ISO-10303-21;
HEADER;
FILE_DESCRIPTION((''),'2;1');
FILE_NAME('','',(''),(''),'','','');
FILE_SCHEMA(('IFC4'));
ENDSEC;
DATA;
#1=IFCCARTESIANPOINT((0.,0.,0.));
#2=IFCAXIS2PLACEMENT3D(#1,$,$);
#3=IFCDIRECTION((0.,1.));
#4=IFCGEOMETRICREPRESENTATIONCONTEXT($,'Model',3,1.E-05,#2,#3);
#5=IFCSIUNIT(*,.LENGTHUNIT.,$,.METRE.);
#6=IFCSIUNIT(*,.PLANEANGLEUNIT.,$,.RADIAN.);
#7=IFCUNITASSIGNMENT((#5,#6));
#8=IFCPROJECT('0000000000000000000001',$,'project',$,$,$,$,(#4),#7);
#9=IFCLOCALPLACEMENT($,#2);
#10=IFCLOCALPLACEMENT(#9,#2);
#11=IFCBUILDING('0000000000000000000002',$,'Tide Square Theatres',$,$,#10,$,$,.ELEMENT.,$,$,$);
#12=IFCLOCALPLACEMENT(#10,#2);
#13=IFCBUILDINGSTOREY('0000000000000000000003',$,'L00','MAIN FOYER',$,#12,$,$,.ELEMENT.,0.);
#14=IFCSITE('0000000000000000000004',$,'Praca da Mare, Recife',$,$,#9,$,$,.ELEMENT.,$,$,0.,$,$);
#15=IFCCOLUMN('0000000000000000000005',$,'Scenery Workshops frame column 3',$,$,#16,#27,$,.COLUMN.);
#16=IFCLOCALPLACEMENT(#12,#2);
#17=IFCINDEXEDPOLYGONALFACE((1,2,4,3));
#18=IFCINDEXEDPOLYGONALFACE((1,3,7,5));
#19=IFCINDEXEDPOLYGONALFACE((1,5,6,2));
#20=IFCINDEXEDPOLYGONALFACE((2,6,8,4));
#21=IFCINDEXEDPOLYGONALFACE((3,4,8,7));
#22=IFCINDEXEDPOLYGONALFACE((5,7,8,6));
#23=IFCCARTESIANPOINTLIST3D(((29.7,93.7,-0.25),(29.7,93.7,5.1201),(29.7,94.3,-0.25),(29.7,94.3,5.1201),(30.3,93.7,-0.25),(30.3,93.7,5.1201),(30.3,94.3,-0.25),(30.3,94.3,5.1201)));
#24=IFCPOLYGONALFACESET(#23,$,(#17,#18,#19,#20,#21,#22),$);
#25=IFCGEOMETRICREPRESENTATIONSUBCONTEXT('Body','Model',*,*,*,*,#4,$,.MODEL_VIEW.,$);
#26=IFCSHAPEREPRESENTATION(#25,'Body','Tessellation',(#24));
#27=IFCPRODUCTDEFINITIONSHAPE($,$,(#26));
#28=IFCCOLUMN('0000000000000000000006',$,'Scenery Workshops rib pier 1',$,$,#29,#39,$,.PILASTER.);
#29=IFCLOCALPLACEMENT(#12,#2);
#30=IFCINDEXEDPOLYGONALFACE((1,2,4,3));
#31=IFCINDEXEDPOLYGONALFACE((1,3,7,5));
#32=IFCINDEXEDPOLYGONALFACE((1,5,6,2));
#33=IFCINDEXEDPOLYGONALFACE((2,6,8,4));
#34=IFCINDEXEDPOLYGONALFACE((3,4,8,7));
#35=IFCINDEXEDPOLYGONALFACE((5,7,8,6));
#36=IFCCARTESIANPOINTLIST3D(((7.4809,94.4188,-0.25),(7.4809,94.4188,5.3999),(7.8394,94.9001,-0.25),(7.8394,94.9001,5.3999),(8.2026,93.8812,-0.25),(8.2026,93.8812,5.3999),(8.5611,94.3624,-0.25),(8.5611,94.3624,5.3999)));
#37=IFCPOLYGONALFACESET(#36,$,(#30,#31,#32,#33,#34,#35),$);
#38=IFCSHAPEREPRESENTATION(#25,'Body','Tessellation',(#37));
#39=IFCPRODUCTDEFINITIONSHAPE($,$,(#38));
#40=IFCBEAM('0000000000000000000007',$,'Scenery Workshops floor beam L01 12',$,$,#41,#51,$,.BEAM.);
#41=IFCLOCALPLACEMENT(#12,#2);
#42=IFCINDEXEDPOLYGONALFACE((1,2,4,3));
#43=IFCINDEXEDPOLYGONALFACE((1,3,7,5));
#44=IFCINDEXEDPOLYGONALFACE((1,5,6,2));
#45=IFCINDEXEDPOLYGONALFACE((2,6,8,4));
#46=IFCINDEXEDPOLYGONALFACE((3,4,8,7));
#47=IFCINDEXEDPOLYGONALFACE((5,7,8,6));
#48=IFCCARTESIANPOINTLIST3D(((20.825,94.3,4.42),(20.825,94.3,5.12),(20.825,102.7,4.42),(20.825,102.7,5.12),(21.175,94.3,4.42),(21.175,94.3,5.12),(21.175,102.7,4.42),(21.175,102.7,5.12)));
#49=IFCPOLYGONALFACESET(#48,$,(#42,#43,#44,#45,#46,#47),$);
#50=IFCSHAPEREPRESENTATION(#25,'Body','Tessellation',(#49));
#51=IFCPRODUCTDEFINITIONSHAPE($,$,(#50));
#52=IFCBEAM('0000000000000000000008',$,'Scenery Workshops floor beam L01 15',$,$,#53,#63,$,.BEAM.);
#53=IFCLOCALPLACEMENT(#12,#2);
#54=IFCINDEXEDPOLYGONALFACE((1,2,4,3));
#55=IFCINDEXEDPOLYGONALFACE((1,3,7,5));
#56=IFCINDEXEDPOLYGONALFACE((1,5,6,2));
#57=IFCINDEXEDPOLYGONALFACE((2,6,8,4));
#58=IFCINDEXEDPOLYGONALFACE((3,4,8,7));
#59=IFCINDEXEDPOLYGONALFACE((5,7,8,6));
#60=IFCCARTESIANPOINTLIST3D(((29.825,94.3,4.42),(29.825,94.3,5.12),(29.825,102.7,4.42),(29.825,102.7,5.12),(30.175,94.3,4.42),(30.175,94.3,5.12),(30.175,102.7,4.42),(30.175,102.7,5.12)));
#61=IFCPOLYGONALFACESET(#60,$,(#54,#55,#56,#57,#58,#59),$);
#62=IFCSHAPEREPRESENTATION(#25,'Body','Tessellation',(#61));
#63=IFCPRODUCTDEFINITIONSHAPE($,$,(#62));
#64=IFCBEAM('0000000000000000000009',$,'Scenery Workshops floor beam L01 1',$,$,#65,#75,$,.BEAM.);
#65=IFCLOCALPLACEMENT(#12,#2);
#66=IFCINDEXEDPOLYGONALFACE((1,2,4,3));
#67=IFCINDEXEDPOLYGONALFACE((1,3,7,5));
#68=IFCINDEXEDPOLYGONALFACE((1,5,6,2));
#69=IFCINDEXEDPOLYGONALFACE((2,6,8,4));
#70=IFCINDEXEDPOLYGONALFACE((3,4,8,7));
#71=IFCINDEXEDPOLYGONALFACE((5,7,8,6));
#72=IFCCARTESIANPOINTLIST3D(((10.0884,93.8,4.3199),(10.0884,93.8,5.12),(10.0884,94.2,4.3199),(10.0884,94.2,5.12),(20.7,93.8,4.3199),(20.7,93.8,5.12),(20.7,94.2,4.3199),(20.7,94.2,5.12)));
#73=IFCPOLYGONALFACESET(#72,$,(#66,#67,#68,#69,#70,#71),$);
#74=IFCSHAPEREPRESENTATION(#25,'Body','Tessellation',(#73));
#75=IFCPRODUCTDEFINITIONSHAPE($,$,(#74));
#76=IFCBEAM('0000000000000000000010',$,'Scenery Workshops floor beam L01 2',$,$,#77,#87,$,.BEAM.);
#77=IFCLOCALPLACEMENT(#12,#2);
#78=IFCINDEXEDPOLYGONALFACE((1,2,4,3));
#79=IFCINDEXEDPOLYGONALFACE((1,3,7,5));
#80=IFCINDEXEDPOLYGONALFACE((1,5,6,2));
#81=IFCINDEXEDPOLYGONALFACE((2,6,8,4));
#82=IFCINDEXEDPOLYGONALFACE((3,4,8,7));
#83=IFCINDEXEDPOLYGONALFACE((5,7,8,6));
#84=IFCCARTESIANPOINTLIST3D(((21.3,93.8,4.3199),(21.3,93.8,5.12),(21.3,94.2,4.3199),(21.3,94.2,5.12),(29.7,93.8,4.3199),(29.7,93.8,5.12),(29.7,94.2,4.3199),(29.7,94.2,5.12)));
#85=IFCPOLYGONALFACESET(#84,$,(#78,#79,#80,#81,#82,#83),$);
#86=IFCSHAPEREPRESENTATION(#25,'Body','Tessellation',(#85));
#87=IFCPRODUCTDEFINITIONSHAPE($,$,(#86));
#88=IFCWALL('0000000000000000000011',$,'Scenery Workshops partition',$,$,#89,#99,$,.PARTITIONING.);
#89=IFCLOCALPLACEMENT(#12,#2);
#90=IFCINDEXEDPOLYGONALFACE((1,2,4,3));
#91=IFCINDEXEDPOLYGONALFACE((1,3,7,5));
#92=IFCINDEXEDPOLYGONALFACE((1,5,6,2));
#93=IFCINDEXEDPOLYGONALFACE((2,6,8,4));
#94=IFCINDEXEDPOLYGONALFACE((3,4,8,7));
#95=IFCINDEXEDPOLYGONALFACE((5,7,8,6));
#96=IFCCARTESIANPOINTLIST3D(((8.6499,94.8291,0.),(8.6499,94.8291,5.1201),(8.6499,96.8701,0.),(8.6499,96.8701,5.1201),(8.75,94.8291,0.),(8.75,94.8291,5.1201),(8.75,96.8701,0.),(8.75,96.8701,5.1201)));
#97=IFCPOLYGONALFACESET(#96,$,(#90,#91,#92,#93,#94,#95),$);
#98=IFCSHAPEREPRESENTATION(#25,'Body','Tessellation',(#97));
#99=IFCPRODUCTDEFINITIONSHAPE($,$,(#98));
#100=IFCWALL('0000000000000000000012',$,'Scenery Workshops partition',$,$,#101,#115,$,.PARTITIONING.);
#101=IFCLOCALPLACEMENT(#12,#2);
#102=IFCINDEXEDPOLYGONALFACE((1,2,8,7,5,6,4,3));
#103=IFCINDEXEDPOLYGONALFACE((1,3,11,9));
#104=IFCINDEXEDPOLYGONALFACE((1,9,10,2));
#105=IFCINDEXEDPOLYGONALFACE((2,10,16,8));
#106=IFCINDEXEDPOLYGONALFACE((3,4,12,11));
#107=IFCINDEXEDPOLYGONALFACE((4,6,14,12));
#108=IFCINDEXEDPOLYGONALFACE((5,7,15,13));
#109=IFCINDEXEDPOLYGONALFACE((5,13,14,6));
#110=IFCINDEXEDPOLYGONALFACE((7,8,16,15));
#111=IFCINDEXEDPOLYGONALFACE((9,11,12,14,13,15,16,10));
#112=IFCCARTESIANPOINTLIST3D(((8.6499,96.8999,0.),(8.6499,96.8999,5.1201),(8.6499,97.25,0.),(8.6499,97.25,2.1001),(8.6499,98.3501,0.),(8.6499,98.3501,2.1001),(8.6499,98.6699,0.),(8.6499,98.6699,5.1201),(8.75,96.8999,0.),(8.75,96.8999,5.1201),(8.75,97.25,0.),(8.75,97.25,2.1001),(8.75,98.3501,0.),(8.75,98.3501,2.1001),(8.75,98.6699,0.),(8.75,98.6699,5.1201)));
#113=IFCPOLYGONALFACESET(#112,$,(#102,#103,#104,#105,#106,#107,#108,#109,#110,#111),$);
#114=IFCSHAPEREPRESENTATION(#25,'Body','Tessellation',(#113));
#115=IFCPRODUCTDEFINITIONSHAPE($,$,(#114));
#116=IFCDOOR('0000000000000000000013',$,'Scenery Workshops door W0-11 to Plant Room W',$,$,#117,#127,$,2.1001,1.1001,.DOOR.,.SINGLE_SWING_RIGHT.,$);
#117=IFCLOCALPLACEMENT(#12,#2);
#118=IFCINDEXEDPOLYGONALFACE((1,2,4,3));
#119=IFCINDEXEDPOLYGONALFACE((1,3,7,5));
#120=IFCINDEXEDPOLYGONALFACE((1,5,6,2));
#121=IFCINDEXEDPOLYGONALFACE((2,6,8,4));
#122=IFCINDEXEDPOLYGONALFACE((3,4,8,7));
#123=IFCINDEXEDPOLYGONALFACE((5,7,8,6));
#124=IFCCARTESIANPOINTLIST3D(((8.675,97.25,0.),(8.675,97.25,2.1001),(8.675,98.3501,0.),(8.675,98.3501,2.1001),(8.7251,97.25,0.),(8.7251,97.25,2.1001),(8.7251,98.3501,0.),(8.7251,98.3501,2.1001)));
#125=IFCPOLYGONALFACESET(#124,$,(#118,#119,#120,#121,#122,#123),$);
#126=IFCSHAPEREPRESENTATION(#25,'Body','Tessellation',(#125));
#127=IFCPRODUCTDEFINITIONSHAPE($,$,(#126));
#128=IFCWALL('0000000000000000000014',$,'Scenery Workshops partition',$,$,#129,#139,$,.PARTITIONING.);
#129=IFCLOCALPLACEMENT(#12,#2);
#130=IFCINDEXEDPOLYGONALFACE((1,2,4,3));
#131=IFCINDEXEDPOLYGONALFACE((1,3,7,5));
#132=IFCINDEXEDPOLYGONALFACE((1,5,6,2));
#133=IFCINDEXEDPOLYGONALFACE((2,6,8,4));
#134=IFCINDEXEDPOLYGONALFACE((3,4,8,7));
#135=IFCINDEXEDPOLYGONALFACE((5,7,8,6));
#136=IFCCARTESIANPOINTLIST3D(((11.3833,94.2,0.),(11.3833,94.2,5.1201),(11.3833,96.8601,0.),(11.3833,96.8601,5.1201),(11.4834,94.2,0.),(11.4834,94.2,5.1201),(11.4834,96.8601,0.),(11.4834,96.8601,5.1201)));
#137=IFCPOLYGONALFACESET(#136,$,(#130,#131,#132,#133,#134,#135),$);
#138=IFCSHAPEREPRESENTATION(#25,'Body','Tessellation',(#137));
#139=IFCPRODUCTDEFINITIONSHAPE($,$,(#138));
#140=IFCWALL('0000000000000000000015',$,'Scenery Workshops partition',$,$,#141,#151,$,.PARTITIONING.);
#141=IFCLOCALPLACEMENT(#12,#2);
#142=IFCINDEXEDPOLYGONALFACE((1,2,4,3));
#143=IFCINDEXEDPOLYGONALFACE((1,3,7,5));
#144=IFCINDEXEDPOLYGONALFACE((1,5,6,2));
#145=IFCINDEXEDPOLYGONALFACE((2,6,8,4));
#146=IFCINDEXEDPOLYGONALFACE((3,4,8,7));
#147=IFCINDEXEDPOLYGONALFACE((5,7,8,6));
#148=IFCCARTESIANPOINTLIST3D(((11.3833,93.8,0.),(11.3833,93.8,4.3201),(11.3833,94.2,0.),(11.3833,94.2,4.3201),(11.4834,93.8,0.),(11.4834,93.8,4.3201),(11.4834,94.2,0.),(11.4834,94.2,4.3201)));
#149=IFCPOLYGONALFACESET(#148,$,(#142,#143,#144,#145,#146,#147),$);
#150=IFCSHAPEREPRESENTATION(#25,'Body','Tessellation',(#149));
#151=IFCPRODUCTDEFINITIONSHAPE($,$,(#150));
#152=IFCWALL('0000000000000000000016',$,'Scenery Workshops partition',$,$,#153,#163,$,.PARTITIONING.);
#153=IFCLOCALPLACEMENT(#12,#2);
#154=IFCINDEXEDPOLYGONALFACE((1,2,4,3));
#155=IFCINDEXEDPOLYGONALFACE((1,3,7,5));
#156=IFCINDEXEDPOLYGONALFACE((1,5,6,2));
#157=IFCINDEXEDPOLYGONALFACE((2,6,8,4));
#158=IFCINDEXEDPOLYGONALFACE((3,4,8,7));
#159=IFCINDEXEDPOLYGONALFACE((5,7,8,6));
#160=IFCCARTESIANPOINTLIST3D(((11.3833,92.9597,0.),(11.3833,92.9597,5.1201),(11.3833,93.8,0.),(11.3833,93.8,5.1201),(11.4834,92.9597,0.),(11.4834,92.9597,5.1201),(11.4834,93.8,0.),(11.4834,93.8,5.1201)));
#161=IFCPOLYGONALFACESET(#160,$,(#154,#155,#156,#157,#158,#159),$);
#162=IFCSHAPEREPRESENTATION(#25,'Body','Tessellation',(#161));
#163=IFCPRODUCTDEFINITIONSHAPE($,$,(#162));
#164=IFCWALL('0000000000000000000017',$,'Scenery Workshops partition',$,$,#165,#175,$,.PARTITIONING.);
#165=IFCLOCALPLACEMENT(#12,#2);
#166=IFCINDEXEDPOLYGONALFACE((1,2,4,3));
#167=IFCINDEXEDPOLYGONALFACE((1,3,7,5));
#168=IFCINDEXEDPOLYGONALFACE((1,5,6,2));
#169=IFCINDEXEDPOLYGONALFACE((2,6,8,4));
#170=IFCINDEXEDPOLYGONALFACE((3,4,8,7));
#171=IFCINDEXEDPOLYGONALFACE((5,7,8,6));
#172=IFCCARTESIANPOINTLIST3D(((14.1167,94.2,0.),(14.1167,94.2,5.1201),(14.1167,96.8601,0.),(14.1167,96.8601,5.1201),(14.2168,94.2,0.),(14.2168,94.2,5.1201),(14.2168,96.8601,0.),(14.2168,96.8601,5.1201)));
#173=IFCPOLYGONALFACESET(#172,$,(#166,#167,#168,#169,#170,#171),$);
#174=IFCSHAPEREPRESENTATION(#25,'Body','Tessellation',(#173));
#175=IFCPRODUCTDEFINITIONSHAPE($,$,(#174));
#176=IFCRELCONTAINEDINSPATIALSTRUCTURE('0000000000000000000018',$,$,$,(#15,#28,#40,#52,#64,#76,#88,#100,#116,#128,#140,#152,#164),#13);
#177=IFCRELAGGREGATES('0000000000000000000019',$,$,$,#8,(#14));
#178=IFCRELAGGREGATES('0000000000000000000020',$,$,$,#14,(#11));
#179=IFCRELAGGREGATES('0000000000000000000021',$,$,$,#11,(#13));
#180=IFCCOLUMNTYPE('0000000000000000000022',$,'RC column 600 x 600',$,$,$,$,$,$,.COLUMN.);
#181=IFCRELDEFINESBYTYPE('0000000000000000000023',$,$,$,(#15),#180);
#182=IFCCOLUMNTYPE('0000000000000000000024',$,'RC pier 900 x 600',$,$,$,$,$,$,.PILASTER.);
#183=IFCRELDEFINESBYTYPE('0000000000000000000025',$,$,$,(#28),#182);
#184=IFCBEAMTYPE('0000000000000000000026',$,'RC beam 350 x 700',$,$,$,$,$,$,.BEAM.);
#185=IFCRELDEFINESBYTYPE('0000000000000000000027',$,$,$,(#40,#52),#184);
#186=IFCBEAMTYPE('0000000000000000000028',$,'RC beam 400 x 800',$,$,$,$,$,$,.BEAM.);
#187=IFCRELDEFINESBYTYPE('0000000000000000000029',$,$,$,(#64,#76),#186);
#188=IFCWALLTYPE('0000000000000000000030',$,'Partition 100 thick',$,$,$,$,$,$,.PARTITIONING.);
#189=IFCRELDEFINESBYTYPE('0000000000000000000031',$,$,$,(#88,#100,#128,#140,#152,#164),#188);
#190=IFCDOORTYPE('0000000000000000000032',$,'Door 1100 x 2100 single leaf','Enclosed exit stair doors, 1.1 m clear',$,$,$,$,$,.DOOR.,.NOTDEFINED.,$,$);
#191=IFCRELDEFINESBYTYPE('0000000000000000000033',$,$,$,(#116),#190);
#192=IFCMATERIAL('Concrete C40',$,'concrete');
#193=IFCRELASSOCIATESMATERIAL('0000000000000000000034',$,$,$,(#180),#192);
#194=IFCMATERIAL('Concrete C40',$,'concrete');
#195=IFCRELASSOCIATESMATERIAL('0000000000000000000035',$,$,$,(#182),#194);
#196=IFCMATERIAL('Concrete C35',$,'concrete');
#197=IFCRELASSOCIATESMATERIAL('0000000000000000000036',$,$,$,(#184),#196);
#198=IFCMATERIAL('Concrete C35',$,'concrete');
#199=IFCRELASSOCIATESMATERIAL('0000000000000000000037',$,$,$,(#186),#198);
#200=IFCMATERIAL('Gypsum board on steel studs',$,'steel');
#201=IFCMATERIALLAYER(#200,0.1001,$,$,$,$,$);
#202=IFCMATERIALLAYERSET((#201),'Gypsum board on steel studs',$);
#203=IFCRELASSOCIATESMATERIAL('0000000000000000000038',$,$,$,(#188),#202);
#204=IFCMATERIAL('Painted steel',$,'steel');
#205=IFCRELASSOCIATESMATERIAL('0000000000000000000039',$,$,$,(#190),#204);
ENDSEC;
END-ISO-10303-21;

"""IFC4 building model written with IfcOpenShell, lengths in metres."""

from ifc_helpers import new_model, si_unit, direction, frame, frame_2d, origin, origin_2d, place, context, subcontext, project, spatial, rectangle, extrude, material, layer, layer_set, material_profile, profile_set, type_object, element, fill, save


model = new_model("IFC4")

# Units and contexts
model_context = context("Model", 3, precision=1e-05, world=origin(), true_north=direction((0.0, 1.0)))
body_context = subcontext(model_context, "Body", "Model", "MODEL_VIEW")
ifc_project = project(units=[si_unit("LENGTHUNIT", "METRE"), si_unit("PLANEANGLEUNIT", "RADIAN")], contexts=[model_context])

# Site, building, storey
site_placement = place(None, origin())
site = spatial("IfcSite", under=ifc_project, at=site_placement, Name="Praca da Mare, Recife", CompositionType="ELEMENT", RefElevation=0.0)
building_placement = place(site_placement, origin())
building = spatial("IfcBuilding", under=site, at=building_placement, Name="Tide Square Theatres", CompositionType="ELEMENT")
storey_placement = place(building_placement, origin())
storey = spatial("IfcBuildingStorey", under=building, at=storey_placement, Name="L00", Description="MAIN FOYER", CompositionType="ELEMENT", Elevation=0.0)

# Columns
ifc_material_1 = material(Name="Concrete C40", Category="concrete")
ifc_material_profile_1 = material_profile(ifc_material_1, rectangle(XDim=0.6001, YDim=0.6001, at=origin_2d()))
ifc_profile_set_1 = profile_set([ifc_material_profile_1], Name="Concrete C40")
column_type_1 = type_object("IfcColumnType", Name="RC column 600 x 600", PredefinedType="COLUMN", material=ifc_profile_set_1)
for number, where, z_axis, x_axis, name in (
    (1, (30.0, 94.0, -0.25), (0.0, 0.0, 1.0), (1.0, 0.0, 0.0), "Scenery Workshops frame column 3"),
):
    element("IfcColumn", number, at=place(storey_placement, frame(where, z_axis=z_axis, x_axis=x_axis)), inside=storey, type_object=column_type_1, Name=name, PredefinedType="COLUMN", context=body_context, shape_type="SweptSolid", body=[
        extrude(rectangle(XDim=0.6001, YDim=0.6001, at=origin_2d()), origin(), (0.0, 0.0, 1.0), 5.3701),
    ])
ifc_material_2 = material(Name="Concrete C40", Category="concrete")
ifc_material_profile_2 = material_profile(ifc_material_2, rectangle(XDim=0.8999, YDim=0.6001, at=origin_2d()))
ifc_profile_set_2 = profile_set([ifc_material_profile_2], Name="Concrete C40")
column_type_2 = type_object("IfcColumnType", Name="RC pier 900 x 600", PredefinedType="PILASTER", material=ifc_profile_set_2)
column_placement = place(storey_placement, frame((8.021, 94.3906, -0.25), z_axis=(0.0, 0.0, 1.0), x_axis=(0.801928, -0.597421, 0.0)))
element("IfcColumn", 2, at=column_placement, inside=storey, type_object=column_type_2, Name="Scenery Workshops rib pier 1", PredefinedType="PILASTER", context=body_context, shape_type="SweptSolid", body=[
    extrude(rectangle(XDim=0.8999, YDim=0.6001, at=origin_2d()), origin(), (0.0, 0.0, 1.0), 5.6499),
])

# Beams
ifc_material_3 = material(Name="Concrete C35", Category="concrete")
ifc_material_profile_3 = material_profile(ifc_material_3, rectangle(XDim=0.3501, YDim=0.7, at=origin_2d()))
ifc_profile_set_3 = profile_set([ifc_material_profile_3], Name="Concrete C35")
beam_type_1 = type_object("IfcBeamType", Name="RC beam 350 x 700", PredefinedType="BEAM", material=ifc_profile_set_3)
for number, where, z_axis, x_axis, name in (
    (3, (21.0, 94.3, 4.77), (0.0, 1.0, 0.0), (-1.0, 0.0, 0.0), "Scenery Workshops floor beam L01 12"),
    (4, (30.0, 94.3, 4.77), (0.0, 1.0, 0.0), (-1.0, 0.0, 0.0), "Scenery Workshops floor beam L01 15"),
):
    element("IfcBeam", number, at=place(storey_placement, frame(where, z_axis=z_axis, x_axis=x_axis)), inside=storey, type_object=beam_type_1, Name=name, PredefinedType="BEAM", context=body_context, shape_type="SweptSolid", body=[
        extrude(rectangle(XDim=0.3501, YDim=0.7, at=origin_2d()), origin(), (0.0, 0.0, 1.0), 8.3999),
    ])
ifc_material_4 = material(Name="Concrete C35", Category="concrete")
ifc_material_profile_4 = material_profile(ifc_material_4, rectangle(XDim=0.3999, YDim=0.8, at=origin_2d()))
ifc_profile_set_4 = profile_set([ifc_material_profile_4], Name="Concrete C35")
beam_type_2 = type_object("IfcBeamType", Name="RC beam 400 x 800", PredefinedType="BEAM", material=ifc_profile_set_4)
beam_1_placement = place(storey_placement, frame((10.0884, 94.0, 4.72), z_axis=(1.0, 0.0, 0.0), x_axis=(0.0, 1.0, 0.0)))
element("IfcBeam", 5, at=beam_1_placement, inside=storey, type_object=beam_type_2, Name="Scenery Workshops floor beam L01 1", PredefinedType="BEAM", context=body_context, shape_type="SweptSolid", body=[
    extrude(rectangle(XDim=0.3999, YDim=0.8, at=origin_2d()), origin(), (0.0, 0.0, 1.0), 10.6116),
])
beam_2_placement = place(storey_placement, frame((21.3, 94.0, 4.72), z_axis=(1.0, 0.0, 0.0), x_axis=(0.0, 1.0, 0.0)))
element("IfcBeam", 6, at=beam_2_placement, inside=storey, type_object=beam_type_2, Name="Scenery Workshops floor beam L01 2", PredefinedType="BEAM", context=body_context, shape_type="SweptSolid", body=[
    extrude(rectangle(XDim=0.3999, YDim=0.8, at=origin_2d()), origin(), (0.0, 0.0, 1.0), 8.3999),
])

# Wall
ifc_material_5 = material(Name="Gypsum board on steel studs", Category="steel")
ifc_layer_1 = layer(ifc_material_5, 0.1001)
ifc_layer_set_1 = layer_set([ifc_layer_1], Name="Gypsum board on steel studs")
wall_type_1 = type_object("IfcWallType", Name="Partition 100 thick", PredefinedType="PARTITIONING", material=ifc_layer_set_1)
wall_1_placement = place(storey_placement, frame((8.7, 94.8291, 0.0), z_axis=(0.0, 0.0, 1.0), x_axis=(0.0, 1.0, 0.0)))
element("IfcWall", 7, at=wall_1_placement, inside=storey, type_object=wall_type_1, Name="Scenery Workshops partition", PredefinedType="PARTITIONING", context=body_context, shape_type="SweptSolid", body=[
    extrude(rectangle(XDim=2.041, YDim=0.1001, at=frame_2d((1.0205, 0.0))), origin(), (0.0, 0.0, 1.0), 5.1201),
])

# Wall, opening, door
wall_2_placement = place(storey_placement, frame((8.7, 96.8999, 0.0), z_axis=(0.0, 0.0, 1.0), x_axis=(0.0, 1.0, 0.0)))
wall_2 = element("IfcWall", 8, at=wall_2_placement, inside=storey, type_object=wall_type_1, Name="Scenery Workshops partition", PredefinedType="PARTITIONING", context=body_context, shape_type="SweptSolid", body=[
    extrude(rectangle(XDim=1.77, YDim=0.1001, at=frame_2d((0.885, 0.0))), origin(), (0.0, 0.0, 1.0), 5.1201),
])
opening_1_placement = place(wall_2_placement, frame((0.3501, 0.0, 0.0)))
opening_1 = element("IfcOpeningElement", 9, at=opening_1_placement, cuts=wall_2, PredefinedType="OPENING", context=body_context, shape_type="SweptSolid", body=[
    extrude(rectangle(XDim=1.1001, YDim=2.1001, at=frame_2d((0.55, 1.05))), frame((0.0, 0.0601, 0.0), z_axis=(0.0, -1.0, 0.0), x_axis=(1.0, 0.0, 0.0)), (0.0, 0.0, 1.0), 0.1201),
])
ifc_material_6 = material(Name="Painted steel", Category="steel")
door_type = type_object("IfcDoorType", Name="Door 1100 x 2100 single leaf", Description="Enclosed exit stair doors, 1.1 m clear", OperationType="NOTDEFINED", PredefinedType="DOOR", material=ifc_material_6)
door_placement = place(opening_1_placement, origin())
door = element("IfcDoor", 10, at=door_placement, inside=storey, type_object=door_type, Name="Scenery Workshops door W0-11 to Plant Room W", OperationType="SINGLE_SWING_RIGHT", OverallHeight=2.1001, OverallWidth=1.1001, PredefinedType="DOOR", context=body_context, shape_type="SweptSolid", body=[
    extrude(rectangle(XDim=1.1001, YDim=2.1001, at=frame_2d((0.55, 1.05))), frame((0.0, 0.0249, 0.0), z_axis=(0.0, -1.0, 0.0), x_axis=(1.0, 0.0, 0.0)), (0.0, 0.0, 1.0), 0.05),
])
fill(opening_1, door)

# Walls
wall_3_placement = place(storey_placement, frame((11.4333, 96.8601, 0.0), z_axis=(0.0, 0.0, 1.0), x_axis=(0.0, -1.0, 0.0)))
element("IfcWall", 11, at=wall_3_placement, inside=storey, type_object=wall_type_1, Name="Scenery Workshops partition", PredefinedType="PARTITIONING", context=body_context, shape_type="SweptSolid", body=[
    extrude(rectangle(XDim=2.6602, YDim=0.1001, at=frame_2d((1.3301, 0.0))), origin(), (0.0, 0.0, 1.0), 5.1201),
])
wall_4_placement = place(storey_placement, frame((11.4333, 94.2, 0.0), z_axis=(0.0, 0.0, 1.0), x_axis=(0.0, -1.0, 0.0)))
element("IfcWall", 12, at=wall_4_placement, inside=storey, type_object=wall_type_1, Name="Scenery Workshops partition", PredefinedType="PARTITIONING", context=body_context, shape_type="SweptSolid", body=[
    extrude(rectangle(XDim=0.3999, YDim=0.1001, at=frame_2d((0.2, 0.0))), origin(), (0.0, 0.0, 1.0), 4.3201),
])
wall_5_placement = place(storey_placement, frame((11.4333, 93.8, 0.0), z_axis=(0.0, 0.0, 1.0), x_axis=(0.0, -1.0, 0.0)))
element("IfcWall", 13, at=wall_5_placement, inside=storey, type_object=wall_type_1, Name="Scenery Workshops partition", PredefinedType="PARTITIONING", context=body_context, shape_type="SweptSolid", body=[
    extrude(rectangle(XDim=0.8403, YDim=0.1001, at=frame_2d((0.4202, 0.0))), origin(), (0.0, 0.0, 1.0), 5.1201),
])
wall_6_placement = place(storey_placement, frame((14.1667, 96.8601, 0.0), z_axis=(0.0, 0.0, 1.0), x_axis=(0.0, -1.0, 0.0)))
element("IfcWall", 14, at=wall_6_placement, inside=storey, type_object=wall_type_1, Name="Scenery Workshops partition", PredefinedType="PARTITIONING", context=body_context, shape_type="SweptSolid", body=[
    extrude(rectangle(XDim=2.6602, YDim=0.1001, at=frame_2d((1.3301, 0.0))), origin(), (0.0, 0.0, 1.0), 5.1201),
])

save(model, "model.ifc")
